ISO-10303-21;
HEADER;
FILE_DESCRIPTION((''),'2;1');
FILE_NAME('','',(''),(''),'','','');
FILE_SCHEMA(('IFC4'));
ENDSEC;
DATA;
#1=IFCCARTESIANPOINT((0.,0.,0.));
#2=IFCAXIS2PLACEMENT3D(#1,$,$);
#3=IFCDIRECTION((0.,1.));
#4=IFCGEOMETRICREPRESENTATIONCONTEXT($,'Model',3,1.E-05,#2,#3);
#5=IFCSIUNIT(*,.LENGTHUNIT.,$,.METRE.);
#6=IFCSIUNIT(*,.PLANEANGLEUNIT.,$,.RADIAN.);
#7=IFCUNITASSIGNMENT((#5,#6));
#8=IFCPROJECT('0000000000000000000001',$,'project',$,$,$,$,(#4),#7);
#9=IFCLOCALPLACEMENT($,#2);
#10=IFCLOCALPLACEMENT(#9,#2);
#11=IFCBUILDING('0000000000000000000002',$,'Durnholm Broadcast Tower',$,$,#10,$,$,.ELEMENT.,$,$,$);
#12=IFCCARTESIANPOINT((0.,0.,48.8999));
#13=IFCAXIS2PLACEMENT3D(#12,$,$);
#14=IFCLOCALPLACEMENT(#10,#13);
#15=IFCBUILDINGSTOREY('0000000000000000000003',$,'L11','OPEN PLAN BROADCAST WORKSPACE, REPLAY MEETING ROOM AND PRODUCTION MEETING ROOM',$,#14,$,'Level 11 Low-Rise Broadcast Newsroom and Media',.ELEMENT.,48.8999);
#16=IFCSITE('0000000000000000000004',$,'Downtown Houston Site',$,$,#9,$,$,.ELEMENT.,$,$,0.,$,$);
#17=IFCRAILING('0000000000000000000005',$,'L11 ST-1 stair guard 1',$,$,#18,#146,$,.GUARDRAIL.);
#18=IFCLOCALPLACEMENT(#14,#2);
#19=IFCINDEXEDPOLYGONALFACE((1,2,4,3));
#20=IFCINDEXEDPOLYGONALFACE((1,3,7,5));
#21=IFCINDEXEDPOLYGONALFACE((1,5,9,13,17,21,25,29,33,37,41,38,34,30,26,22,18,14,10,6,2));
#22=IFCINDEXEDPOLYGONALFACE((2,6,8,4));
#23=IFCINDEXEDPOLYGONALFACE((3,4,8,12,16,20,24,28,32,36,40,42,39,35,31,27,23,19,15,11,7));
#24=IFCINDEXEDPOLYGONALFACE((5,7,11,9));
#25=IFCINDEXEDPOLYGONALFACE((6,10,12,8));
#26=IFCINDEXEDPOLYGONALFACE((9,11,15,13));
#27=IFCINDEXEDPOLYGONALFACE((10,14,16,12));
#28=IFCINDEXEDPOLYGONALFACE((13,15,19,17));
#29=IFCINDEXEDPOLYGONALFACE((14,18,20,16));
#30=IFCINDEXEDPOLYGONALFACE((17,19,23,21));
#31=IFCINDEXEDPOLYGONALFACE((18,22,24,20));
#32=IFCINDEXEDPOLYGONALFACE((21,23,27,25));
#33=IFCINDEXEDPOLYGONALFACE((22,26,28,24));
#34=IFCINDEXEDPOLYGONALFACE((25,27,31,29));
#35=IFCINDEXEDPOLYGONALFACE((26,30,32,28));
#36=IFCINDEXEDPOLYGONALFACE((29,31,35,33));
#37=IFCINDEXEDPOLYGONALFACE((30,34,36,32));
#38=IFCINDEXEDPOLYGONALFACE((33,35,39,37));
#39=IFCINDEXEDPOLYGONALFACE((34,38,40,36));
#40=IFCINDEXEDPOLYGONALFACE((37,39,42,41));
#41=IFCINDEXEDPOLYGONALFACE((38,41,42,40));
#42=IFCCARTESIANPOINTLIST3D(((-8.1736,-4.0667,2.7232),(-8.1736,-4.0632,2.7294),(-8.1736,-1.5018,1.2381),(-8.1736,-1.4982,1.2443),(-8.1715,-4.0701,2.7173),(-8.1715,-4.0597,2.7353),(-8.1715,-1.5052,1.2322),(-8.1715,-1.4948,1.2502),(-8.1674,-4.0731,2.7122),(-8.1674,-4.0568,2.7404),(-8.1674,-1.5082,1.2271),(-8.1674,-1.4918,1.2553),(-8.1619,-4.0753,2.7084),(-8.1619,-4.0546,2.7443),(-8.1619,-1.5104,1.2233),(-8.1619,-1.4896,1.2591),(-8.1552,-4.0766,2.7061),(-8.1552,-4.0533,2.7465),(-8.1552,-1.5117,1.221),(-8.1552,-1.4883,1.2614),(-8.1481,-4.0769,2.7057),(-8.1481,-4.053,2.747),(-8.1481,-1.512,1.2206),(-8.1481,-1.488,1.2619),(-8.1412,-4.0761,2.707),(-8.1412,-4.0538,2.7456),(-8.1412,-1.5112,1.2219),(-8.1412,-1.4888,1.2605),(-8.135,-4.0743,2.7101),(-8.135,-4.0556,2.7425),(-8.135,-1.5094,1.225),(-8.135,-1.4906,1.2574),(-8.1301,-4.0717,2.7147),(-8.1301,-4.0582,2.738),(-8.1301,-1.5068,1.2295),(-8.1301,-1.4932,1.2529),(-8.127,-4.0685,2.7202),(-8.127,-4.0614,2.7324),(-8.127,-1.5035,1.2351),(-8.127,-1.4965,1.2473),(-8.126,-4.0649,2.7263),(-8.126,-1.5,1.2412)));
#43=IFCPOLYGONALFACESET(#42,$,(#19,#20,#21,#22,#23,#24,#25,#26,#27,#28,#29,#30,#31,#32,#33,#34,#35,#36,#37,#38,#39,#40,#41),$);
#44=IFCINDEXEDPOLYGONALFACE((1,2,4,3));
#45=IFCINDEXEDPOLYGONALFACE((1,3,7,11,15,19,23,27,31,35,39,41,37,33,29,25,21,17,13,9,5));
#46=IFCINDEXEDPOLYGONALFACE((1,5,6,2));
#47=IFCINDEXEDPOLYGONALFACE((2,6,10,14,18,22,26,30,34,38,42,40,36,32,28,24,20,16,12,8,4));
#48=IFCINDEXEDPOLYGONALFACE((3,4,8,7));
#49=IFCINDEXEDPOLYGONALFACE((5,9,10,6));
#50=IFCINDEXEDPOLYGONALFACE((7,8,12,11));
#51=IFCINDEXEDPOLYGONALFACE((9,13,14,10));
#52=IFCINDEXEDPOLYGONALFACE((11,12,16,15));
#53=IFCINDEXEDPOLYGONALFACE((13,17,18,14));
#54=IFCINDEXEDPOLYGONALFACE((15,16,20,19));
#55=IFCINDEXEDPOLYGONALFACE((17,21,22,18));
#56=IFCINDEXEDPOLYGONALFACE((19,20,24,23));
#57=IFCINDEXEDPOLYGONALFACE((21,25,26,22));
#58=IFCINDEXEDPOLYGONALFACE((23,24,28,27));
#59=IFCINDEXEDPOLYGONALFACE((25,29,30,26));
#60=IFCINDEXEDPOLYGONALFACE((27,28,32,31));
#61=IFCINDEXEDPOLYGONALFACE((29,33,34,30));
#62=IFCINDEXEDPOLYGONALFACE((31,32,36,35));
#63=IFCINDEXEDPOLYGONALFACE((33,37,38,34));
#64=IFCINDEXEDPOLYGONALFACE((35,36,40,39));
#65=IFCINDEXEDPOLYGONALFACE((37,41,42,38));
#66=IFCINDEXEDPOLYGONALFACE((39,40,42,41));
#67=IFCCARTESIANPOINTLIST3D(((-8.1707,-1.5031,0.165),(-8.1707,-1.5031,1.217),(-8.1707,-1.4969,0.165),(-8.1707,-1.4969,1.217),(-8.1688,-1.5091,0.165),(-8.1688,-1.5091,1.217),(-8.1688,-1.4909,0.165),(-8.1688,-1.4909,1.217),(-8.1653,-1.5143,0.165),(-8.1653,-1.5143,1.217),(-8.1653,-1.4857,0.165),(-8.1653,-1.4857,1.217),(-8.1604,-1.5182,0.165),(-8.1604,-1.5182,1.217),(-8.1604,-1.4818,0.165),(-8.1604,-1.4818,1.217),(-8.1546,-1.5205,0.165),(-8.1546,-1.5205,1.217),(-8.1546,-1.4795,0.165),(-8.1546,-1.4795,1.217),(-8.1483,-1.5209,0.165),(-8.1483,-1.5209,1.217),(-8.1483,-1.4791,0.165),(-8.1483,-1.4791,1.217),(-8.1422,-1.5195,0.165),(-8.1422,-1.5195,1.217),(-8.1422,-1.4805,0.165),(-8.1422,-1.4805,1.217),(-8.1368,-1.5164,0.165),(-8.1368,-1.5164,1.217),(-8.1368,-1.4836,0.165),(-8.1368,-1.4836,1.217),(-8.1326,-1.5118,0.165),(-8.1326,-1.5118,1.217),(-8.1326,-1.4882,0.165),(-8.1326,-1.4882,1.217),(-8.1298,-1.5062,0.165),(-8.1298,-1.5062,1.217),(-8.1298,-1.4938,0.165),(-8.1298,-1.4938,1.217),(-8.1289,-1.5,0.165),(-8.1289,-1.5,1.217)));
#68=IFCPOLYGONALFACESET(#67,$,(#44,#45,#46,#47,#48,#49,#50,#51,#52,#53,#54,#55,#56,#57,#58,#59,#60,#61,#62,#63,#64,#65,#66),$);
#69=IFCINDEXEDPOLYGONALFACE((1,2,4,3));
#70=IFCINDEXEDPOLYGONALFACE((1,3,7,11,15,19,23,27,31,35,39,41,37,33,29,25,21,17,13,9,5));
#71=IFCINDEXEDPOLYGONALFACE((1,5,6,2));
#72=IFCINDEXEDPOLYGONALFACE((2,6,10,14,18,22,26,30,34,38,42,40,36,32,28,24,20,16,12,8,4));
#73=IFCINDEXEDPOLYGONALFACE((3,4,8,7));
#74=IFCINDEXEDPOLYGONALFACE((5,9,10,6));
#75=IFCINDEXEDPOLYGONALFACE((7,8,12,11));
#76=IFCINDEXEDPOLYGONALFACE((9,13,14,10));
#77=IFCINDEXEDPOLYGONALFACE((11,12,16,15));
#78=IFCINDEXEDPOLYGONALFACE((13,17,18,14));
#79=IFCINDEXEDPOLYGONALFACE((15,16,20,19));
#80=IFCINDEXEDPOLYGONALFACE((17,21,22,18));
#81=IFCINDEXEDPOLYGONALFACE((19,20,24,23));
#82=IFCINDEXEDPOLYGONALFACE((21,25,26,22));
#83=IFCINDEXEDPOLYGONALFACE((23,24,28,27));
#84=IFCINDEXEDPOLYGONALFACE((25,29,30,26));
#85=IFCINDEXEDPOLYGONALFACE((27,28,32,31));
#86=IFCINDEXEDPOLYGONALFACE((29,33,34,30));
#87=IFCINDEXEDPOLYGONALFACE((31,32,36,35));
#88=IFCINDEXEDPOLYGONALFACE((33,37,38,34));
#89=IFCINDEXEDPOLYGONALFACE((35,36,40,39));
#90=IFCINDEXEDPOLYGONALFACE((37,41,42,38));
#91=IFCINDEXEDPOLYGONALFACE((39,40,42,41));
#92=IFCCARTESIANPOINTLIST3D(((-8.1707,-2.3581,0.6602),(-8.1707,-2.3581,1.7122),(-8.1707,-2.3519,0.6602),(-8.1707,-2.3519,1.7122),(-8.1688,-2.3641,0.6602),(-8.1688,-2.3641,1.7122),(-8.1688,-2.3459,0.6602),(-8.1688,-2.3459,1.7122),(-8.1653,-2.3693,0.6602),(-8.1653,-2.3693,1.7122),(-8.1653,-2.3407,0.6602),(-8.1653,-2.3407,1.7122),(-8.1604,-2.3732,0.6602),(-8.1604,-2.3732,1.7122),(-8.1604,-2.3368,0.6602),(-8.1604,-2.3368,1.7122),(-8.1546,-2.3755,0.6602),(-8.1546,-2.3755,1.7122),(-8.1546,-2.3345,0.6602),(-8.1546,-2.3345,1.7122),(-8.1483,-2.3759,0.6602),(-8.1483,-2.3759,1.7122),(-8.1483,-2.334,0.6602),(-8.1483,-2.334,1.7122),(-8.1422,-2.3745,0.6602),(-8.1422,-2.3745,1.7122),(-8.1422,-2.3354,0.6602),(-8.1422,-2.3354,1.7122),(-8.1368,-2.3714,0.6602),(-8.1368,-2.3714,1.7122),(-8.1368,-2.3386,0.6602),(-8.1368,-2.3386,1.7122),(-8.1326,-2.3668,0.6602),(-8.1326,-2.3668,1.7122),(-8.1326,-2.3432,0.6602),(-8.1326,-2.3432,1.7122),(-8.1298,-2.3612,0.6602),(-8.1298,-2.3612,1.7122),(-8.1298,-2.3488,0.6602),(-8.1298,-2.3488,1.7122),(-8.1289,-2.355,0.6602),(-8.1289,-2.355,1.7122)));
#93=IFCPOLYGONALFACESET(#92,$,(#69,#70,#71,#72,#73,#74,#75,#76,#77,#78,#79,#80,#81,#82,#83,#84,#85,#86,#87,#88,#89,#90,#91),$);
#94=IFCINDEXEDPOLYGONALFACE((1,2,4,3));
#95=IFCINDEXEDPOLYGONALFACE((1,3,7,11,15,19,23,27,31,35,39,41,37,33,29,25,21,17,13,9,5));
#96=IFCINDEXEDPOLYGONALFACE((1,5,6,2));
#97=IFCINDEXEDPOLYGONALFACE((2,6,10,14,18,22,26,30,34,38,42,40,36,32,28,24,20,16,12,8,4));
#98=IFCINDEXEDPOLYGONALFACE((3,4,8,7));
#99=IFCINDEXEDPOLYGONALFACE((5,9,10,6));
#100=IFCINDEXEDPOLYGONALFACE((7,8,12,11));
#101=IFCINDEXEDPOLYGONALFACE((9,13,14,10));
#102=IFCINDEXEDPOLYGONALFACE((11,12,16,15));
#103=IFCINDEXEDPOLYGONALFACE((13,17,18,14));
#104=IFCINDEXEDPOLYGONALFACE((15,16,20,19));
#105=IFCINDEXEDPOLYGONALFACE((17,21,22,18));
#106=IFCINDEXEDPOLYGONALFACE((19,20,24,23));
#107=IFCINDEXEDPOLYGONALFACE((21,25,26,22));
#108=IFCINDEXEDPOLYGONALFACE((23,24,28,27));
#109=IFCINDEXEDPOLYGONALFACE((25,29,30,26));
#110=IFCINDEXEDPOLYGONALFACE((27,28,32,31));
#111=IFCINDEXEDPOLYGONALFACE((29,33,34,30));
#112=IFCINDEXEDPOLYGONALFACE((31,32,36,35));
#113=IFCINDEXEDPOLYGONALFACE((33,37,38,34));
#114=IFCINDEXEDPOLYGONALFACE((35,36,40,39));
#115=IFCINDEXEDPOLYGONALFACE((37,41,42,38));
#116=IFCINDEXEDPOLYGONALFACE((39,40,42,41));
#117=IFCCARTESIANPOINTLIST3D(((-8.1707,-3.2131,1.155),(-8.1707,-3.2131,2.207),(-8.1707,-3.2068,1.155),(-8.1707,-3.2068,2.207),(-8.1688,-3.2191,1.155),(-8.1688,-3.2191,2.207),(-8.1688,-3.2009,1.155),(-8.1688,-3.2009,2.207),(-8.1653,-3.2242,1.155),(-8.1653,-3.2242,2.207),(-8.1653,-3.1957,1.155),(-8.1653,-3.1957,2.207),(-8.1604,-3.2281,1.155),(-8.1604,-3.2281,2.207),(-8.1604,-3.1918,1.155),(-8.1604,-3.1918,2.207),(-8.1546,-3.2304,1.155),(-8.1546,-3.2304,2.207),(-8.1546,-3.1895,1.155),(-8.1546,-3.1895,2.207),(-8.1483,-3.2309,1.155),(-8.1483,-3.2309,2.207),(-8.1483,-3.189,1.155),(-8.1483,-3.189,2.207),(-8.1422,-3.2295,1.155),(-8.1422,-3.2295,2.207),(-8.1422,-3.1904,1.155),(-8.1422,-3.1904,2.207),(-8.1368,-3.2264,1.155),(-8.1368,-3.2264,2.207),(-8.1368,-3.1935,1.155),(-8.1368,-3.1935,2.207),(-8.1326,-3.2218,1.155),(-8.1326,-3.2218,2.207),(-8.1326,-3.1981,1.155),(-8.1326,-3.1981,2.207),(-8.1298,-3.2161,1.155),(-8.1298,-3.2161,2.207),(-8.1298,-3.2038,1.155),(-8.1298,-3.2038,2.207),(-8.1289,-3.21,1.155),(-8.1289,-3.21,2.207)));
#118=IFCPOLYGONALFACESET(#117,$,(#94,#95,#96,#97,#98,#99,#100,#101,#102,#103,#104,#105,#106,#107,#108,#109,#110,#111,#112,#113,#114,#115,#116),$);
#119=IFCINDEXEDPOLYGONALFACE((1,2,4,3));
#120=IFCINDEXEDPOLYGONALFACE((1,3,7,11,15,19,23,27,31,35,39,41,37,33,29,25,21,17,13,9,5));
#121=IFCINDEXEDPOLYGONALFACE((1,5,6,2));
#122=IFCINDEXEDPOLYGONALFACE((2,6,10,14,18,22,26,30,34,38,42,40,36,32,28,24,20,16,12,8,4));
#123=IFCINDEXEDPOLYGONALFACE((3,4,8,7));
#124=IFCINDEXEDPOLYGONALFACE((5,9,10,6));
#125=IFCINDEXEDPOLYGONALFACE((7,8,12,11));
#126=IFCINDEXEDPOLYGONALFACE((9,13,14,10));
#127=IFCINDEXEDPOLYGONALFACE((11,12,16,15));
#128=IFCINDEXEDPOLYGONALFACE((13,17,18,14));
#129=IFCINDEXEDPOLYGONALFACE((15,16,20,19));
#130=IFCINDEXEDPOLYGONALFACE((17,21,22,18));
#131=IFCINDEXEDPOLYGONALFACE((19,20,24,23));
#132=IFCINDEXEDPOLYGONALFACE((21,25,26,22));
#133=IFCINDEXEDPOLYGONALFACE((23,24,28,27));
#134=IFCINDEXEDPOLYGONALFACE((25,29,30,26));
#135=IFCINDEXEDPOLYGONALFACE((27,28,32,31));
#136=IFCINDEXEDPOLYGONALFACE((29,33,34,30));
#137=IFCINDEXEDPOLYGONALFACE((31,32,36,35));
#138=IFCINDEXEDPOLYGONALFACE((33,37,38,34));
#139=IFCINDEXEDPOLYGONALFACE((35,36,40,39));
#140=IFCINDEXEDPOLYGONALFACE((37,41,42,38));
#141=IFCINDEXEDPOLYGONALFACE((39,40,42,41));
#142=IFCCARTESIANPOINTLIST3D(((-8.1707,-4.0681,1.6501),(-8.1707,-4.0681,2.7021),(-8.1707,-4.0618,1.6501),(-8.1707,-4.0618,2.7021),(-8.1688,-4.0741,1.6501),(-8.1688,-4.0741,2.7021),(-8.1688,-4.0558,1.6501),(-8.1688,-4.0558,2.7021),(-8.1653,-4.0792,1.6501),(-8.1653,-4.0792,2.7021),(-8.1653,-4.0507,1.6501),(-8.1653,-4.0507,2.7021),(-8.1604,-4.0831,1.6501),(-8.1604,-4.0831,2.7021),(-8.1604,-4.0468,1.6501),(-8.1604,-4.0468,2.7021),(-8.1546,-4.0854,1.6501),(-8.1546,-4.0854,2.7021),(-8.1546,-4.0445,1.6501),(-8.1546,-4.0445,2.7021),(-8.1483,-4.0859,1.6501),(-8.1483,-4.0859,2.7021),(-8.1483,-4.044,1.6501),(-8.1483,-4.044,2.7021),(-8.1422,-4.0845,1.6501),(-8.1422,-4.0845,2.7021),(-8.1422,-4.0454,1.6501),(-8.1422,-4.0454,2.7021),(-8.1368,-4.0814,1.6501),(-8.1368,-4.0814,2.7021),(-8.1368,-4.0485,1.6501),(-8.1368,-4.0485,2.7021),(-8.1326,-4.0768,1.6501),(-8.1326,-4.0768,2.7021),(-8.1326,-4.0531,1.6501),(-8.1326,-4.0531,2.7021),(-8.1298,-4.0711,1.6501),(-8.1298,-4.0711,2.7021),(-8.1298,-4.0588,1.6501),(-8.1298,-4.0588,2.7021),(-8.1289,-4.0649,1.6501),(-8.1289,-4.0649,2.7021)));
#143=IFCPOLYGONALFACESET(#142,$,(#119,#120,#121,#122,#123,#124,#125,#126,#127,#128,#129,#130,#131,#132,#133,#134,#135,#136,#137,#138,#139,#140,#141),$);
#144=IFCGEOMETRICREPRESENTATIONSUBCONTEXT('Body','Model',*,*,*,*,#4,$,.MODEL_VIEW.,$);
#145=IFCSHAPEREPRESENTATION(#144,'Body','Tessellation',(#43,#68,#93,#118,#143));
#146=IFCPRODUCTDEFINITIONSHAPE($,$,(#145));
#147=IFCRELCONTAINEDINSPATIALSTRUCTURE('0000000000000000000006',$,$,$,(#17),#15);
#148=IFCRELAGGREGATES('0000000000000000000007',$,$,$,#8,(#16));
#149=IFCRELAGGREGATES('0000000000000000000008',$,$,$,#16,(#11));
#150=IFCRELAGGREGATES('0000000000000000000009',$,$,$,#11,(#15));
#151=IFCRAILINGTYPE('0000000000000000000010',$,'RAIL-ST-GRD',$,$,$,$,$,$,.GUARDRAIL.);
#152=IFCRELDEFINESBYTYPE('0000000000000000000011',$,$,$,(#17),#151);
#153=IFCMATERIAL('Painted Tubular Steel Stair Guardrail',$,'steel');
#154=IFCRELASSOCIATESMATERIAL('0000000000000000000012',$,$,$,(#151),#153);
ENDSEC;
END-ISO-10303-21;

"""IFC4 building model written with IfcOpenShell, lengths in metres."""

from ifc_helpers import new_model, si_unit, direction, frame, origin, origin_2d, place, context, subcontext, project, spatial, circle, extrude, material, type_object, element, save


model = new_model("IFC4")

# Units and contexts
model_context = context("Model", 3, precision=1e-05, world=origin(), true_north=direction((0.0, 1.0)))
body_context = subcontext(model_context, "Body", "Model", "MODEL_VIEW")
ifc_project = project(units=[si_unit("LENGTHUNIT", "METRE"), si_unit("PLANEANGLEUNIT", "RADIAN")], contexts=[model_context])

# Site, building, storey
site_placement = place(None, origin())
site = spatial("IfcSite", under=ifc_project, at=site_placement, Name="Downtown Houston Site", CompositionType="ELEMENT", RefElevation=0.0)
building_placement = place(site_placement, origin())
building = spatial("IfcBuilding", under=site, at=building_placement, Name="Durnholm Broadcast Tower", CompositionType="ELEMENT")
storey_placement = place(building_placement, frame((0.0, 0.0, 48.8999)))
storey = spatial("IfcBuildingStorey", under=building, at=storey_placement, Name="L11", Description="OPEN PLAN BROADCAST WORKSPACE, REPLAY MEETING ROOM AND PRODUCTION MEETING ROOM", LongName="Level 11 Low-Rise Broadcast Newsroom and Media", CompositionType="ELEMENT", Elevation=48.8999)

# Railing
ifc_material_1 = material(Name="Painted Tubular Steel Stair Guardrail", Category="steel")
railing_type_1 = type_object("IfcRailingType", Name="RAIL-ST-GRD", PredefinedType="GUARDRAIL", material=ifc_material_1)
railing_1_placement = place(storey_placement, frame((-8.1499, -1.5, 0.165)))
element("IfcRailing", 1, at=railing_1_placement, inside=storey, type_object=railing_type_1, Name="L11 ST-1 stair guard 1", PredefinedType="GUARDRAIL", context=body_context, shape_type="SweptSolid", body=[
    extrude(circle(Radius=0.0239, at=origin_2d()), frame((0.0, 0.0, 1.0762), z_axis=(0.0, -0.865406, 0.501072), x_axis=(1.0, 0.0, 0.0)), (0.0, 0.0, 1.0), 2.9639),
    extrude(circle(Radius=0.021, at=origin_2d()), origin(), (0.0, 0.0, 1.0), 1.052),
    extrude(circle(Radius=0.021, at=origin_2d()), frame((0.0, -0.855, 0.4951)), (0.0, 0.0, 1.0), 1.052),
    extrude(circle(Radius=0.021, at=origin_2d()), frame((0.0, -1.71, 0.99)), (0.0, 0.0, 1.0), 1.052),
    extrude(circle(Radius=0.021, at=origin_2d()), frame((0.0, -2.5649, 1.4851)), (0.0, 0.0, 1.0), 1.052),
])

save(model, "model.ifc")
